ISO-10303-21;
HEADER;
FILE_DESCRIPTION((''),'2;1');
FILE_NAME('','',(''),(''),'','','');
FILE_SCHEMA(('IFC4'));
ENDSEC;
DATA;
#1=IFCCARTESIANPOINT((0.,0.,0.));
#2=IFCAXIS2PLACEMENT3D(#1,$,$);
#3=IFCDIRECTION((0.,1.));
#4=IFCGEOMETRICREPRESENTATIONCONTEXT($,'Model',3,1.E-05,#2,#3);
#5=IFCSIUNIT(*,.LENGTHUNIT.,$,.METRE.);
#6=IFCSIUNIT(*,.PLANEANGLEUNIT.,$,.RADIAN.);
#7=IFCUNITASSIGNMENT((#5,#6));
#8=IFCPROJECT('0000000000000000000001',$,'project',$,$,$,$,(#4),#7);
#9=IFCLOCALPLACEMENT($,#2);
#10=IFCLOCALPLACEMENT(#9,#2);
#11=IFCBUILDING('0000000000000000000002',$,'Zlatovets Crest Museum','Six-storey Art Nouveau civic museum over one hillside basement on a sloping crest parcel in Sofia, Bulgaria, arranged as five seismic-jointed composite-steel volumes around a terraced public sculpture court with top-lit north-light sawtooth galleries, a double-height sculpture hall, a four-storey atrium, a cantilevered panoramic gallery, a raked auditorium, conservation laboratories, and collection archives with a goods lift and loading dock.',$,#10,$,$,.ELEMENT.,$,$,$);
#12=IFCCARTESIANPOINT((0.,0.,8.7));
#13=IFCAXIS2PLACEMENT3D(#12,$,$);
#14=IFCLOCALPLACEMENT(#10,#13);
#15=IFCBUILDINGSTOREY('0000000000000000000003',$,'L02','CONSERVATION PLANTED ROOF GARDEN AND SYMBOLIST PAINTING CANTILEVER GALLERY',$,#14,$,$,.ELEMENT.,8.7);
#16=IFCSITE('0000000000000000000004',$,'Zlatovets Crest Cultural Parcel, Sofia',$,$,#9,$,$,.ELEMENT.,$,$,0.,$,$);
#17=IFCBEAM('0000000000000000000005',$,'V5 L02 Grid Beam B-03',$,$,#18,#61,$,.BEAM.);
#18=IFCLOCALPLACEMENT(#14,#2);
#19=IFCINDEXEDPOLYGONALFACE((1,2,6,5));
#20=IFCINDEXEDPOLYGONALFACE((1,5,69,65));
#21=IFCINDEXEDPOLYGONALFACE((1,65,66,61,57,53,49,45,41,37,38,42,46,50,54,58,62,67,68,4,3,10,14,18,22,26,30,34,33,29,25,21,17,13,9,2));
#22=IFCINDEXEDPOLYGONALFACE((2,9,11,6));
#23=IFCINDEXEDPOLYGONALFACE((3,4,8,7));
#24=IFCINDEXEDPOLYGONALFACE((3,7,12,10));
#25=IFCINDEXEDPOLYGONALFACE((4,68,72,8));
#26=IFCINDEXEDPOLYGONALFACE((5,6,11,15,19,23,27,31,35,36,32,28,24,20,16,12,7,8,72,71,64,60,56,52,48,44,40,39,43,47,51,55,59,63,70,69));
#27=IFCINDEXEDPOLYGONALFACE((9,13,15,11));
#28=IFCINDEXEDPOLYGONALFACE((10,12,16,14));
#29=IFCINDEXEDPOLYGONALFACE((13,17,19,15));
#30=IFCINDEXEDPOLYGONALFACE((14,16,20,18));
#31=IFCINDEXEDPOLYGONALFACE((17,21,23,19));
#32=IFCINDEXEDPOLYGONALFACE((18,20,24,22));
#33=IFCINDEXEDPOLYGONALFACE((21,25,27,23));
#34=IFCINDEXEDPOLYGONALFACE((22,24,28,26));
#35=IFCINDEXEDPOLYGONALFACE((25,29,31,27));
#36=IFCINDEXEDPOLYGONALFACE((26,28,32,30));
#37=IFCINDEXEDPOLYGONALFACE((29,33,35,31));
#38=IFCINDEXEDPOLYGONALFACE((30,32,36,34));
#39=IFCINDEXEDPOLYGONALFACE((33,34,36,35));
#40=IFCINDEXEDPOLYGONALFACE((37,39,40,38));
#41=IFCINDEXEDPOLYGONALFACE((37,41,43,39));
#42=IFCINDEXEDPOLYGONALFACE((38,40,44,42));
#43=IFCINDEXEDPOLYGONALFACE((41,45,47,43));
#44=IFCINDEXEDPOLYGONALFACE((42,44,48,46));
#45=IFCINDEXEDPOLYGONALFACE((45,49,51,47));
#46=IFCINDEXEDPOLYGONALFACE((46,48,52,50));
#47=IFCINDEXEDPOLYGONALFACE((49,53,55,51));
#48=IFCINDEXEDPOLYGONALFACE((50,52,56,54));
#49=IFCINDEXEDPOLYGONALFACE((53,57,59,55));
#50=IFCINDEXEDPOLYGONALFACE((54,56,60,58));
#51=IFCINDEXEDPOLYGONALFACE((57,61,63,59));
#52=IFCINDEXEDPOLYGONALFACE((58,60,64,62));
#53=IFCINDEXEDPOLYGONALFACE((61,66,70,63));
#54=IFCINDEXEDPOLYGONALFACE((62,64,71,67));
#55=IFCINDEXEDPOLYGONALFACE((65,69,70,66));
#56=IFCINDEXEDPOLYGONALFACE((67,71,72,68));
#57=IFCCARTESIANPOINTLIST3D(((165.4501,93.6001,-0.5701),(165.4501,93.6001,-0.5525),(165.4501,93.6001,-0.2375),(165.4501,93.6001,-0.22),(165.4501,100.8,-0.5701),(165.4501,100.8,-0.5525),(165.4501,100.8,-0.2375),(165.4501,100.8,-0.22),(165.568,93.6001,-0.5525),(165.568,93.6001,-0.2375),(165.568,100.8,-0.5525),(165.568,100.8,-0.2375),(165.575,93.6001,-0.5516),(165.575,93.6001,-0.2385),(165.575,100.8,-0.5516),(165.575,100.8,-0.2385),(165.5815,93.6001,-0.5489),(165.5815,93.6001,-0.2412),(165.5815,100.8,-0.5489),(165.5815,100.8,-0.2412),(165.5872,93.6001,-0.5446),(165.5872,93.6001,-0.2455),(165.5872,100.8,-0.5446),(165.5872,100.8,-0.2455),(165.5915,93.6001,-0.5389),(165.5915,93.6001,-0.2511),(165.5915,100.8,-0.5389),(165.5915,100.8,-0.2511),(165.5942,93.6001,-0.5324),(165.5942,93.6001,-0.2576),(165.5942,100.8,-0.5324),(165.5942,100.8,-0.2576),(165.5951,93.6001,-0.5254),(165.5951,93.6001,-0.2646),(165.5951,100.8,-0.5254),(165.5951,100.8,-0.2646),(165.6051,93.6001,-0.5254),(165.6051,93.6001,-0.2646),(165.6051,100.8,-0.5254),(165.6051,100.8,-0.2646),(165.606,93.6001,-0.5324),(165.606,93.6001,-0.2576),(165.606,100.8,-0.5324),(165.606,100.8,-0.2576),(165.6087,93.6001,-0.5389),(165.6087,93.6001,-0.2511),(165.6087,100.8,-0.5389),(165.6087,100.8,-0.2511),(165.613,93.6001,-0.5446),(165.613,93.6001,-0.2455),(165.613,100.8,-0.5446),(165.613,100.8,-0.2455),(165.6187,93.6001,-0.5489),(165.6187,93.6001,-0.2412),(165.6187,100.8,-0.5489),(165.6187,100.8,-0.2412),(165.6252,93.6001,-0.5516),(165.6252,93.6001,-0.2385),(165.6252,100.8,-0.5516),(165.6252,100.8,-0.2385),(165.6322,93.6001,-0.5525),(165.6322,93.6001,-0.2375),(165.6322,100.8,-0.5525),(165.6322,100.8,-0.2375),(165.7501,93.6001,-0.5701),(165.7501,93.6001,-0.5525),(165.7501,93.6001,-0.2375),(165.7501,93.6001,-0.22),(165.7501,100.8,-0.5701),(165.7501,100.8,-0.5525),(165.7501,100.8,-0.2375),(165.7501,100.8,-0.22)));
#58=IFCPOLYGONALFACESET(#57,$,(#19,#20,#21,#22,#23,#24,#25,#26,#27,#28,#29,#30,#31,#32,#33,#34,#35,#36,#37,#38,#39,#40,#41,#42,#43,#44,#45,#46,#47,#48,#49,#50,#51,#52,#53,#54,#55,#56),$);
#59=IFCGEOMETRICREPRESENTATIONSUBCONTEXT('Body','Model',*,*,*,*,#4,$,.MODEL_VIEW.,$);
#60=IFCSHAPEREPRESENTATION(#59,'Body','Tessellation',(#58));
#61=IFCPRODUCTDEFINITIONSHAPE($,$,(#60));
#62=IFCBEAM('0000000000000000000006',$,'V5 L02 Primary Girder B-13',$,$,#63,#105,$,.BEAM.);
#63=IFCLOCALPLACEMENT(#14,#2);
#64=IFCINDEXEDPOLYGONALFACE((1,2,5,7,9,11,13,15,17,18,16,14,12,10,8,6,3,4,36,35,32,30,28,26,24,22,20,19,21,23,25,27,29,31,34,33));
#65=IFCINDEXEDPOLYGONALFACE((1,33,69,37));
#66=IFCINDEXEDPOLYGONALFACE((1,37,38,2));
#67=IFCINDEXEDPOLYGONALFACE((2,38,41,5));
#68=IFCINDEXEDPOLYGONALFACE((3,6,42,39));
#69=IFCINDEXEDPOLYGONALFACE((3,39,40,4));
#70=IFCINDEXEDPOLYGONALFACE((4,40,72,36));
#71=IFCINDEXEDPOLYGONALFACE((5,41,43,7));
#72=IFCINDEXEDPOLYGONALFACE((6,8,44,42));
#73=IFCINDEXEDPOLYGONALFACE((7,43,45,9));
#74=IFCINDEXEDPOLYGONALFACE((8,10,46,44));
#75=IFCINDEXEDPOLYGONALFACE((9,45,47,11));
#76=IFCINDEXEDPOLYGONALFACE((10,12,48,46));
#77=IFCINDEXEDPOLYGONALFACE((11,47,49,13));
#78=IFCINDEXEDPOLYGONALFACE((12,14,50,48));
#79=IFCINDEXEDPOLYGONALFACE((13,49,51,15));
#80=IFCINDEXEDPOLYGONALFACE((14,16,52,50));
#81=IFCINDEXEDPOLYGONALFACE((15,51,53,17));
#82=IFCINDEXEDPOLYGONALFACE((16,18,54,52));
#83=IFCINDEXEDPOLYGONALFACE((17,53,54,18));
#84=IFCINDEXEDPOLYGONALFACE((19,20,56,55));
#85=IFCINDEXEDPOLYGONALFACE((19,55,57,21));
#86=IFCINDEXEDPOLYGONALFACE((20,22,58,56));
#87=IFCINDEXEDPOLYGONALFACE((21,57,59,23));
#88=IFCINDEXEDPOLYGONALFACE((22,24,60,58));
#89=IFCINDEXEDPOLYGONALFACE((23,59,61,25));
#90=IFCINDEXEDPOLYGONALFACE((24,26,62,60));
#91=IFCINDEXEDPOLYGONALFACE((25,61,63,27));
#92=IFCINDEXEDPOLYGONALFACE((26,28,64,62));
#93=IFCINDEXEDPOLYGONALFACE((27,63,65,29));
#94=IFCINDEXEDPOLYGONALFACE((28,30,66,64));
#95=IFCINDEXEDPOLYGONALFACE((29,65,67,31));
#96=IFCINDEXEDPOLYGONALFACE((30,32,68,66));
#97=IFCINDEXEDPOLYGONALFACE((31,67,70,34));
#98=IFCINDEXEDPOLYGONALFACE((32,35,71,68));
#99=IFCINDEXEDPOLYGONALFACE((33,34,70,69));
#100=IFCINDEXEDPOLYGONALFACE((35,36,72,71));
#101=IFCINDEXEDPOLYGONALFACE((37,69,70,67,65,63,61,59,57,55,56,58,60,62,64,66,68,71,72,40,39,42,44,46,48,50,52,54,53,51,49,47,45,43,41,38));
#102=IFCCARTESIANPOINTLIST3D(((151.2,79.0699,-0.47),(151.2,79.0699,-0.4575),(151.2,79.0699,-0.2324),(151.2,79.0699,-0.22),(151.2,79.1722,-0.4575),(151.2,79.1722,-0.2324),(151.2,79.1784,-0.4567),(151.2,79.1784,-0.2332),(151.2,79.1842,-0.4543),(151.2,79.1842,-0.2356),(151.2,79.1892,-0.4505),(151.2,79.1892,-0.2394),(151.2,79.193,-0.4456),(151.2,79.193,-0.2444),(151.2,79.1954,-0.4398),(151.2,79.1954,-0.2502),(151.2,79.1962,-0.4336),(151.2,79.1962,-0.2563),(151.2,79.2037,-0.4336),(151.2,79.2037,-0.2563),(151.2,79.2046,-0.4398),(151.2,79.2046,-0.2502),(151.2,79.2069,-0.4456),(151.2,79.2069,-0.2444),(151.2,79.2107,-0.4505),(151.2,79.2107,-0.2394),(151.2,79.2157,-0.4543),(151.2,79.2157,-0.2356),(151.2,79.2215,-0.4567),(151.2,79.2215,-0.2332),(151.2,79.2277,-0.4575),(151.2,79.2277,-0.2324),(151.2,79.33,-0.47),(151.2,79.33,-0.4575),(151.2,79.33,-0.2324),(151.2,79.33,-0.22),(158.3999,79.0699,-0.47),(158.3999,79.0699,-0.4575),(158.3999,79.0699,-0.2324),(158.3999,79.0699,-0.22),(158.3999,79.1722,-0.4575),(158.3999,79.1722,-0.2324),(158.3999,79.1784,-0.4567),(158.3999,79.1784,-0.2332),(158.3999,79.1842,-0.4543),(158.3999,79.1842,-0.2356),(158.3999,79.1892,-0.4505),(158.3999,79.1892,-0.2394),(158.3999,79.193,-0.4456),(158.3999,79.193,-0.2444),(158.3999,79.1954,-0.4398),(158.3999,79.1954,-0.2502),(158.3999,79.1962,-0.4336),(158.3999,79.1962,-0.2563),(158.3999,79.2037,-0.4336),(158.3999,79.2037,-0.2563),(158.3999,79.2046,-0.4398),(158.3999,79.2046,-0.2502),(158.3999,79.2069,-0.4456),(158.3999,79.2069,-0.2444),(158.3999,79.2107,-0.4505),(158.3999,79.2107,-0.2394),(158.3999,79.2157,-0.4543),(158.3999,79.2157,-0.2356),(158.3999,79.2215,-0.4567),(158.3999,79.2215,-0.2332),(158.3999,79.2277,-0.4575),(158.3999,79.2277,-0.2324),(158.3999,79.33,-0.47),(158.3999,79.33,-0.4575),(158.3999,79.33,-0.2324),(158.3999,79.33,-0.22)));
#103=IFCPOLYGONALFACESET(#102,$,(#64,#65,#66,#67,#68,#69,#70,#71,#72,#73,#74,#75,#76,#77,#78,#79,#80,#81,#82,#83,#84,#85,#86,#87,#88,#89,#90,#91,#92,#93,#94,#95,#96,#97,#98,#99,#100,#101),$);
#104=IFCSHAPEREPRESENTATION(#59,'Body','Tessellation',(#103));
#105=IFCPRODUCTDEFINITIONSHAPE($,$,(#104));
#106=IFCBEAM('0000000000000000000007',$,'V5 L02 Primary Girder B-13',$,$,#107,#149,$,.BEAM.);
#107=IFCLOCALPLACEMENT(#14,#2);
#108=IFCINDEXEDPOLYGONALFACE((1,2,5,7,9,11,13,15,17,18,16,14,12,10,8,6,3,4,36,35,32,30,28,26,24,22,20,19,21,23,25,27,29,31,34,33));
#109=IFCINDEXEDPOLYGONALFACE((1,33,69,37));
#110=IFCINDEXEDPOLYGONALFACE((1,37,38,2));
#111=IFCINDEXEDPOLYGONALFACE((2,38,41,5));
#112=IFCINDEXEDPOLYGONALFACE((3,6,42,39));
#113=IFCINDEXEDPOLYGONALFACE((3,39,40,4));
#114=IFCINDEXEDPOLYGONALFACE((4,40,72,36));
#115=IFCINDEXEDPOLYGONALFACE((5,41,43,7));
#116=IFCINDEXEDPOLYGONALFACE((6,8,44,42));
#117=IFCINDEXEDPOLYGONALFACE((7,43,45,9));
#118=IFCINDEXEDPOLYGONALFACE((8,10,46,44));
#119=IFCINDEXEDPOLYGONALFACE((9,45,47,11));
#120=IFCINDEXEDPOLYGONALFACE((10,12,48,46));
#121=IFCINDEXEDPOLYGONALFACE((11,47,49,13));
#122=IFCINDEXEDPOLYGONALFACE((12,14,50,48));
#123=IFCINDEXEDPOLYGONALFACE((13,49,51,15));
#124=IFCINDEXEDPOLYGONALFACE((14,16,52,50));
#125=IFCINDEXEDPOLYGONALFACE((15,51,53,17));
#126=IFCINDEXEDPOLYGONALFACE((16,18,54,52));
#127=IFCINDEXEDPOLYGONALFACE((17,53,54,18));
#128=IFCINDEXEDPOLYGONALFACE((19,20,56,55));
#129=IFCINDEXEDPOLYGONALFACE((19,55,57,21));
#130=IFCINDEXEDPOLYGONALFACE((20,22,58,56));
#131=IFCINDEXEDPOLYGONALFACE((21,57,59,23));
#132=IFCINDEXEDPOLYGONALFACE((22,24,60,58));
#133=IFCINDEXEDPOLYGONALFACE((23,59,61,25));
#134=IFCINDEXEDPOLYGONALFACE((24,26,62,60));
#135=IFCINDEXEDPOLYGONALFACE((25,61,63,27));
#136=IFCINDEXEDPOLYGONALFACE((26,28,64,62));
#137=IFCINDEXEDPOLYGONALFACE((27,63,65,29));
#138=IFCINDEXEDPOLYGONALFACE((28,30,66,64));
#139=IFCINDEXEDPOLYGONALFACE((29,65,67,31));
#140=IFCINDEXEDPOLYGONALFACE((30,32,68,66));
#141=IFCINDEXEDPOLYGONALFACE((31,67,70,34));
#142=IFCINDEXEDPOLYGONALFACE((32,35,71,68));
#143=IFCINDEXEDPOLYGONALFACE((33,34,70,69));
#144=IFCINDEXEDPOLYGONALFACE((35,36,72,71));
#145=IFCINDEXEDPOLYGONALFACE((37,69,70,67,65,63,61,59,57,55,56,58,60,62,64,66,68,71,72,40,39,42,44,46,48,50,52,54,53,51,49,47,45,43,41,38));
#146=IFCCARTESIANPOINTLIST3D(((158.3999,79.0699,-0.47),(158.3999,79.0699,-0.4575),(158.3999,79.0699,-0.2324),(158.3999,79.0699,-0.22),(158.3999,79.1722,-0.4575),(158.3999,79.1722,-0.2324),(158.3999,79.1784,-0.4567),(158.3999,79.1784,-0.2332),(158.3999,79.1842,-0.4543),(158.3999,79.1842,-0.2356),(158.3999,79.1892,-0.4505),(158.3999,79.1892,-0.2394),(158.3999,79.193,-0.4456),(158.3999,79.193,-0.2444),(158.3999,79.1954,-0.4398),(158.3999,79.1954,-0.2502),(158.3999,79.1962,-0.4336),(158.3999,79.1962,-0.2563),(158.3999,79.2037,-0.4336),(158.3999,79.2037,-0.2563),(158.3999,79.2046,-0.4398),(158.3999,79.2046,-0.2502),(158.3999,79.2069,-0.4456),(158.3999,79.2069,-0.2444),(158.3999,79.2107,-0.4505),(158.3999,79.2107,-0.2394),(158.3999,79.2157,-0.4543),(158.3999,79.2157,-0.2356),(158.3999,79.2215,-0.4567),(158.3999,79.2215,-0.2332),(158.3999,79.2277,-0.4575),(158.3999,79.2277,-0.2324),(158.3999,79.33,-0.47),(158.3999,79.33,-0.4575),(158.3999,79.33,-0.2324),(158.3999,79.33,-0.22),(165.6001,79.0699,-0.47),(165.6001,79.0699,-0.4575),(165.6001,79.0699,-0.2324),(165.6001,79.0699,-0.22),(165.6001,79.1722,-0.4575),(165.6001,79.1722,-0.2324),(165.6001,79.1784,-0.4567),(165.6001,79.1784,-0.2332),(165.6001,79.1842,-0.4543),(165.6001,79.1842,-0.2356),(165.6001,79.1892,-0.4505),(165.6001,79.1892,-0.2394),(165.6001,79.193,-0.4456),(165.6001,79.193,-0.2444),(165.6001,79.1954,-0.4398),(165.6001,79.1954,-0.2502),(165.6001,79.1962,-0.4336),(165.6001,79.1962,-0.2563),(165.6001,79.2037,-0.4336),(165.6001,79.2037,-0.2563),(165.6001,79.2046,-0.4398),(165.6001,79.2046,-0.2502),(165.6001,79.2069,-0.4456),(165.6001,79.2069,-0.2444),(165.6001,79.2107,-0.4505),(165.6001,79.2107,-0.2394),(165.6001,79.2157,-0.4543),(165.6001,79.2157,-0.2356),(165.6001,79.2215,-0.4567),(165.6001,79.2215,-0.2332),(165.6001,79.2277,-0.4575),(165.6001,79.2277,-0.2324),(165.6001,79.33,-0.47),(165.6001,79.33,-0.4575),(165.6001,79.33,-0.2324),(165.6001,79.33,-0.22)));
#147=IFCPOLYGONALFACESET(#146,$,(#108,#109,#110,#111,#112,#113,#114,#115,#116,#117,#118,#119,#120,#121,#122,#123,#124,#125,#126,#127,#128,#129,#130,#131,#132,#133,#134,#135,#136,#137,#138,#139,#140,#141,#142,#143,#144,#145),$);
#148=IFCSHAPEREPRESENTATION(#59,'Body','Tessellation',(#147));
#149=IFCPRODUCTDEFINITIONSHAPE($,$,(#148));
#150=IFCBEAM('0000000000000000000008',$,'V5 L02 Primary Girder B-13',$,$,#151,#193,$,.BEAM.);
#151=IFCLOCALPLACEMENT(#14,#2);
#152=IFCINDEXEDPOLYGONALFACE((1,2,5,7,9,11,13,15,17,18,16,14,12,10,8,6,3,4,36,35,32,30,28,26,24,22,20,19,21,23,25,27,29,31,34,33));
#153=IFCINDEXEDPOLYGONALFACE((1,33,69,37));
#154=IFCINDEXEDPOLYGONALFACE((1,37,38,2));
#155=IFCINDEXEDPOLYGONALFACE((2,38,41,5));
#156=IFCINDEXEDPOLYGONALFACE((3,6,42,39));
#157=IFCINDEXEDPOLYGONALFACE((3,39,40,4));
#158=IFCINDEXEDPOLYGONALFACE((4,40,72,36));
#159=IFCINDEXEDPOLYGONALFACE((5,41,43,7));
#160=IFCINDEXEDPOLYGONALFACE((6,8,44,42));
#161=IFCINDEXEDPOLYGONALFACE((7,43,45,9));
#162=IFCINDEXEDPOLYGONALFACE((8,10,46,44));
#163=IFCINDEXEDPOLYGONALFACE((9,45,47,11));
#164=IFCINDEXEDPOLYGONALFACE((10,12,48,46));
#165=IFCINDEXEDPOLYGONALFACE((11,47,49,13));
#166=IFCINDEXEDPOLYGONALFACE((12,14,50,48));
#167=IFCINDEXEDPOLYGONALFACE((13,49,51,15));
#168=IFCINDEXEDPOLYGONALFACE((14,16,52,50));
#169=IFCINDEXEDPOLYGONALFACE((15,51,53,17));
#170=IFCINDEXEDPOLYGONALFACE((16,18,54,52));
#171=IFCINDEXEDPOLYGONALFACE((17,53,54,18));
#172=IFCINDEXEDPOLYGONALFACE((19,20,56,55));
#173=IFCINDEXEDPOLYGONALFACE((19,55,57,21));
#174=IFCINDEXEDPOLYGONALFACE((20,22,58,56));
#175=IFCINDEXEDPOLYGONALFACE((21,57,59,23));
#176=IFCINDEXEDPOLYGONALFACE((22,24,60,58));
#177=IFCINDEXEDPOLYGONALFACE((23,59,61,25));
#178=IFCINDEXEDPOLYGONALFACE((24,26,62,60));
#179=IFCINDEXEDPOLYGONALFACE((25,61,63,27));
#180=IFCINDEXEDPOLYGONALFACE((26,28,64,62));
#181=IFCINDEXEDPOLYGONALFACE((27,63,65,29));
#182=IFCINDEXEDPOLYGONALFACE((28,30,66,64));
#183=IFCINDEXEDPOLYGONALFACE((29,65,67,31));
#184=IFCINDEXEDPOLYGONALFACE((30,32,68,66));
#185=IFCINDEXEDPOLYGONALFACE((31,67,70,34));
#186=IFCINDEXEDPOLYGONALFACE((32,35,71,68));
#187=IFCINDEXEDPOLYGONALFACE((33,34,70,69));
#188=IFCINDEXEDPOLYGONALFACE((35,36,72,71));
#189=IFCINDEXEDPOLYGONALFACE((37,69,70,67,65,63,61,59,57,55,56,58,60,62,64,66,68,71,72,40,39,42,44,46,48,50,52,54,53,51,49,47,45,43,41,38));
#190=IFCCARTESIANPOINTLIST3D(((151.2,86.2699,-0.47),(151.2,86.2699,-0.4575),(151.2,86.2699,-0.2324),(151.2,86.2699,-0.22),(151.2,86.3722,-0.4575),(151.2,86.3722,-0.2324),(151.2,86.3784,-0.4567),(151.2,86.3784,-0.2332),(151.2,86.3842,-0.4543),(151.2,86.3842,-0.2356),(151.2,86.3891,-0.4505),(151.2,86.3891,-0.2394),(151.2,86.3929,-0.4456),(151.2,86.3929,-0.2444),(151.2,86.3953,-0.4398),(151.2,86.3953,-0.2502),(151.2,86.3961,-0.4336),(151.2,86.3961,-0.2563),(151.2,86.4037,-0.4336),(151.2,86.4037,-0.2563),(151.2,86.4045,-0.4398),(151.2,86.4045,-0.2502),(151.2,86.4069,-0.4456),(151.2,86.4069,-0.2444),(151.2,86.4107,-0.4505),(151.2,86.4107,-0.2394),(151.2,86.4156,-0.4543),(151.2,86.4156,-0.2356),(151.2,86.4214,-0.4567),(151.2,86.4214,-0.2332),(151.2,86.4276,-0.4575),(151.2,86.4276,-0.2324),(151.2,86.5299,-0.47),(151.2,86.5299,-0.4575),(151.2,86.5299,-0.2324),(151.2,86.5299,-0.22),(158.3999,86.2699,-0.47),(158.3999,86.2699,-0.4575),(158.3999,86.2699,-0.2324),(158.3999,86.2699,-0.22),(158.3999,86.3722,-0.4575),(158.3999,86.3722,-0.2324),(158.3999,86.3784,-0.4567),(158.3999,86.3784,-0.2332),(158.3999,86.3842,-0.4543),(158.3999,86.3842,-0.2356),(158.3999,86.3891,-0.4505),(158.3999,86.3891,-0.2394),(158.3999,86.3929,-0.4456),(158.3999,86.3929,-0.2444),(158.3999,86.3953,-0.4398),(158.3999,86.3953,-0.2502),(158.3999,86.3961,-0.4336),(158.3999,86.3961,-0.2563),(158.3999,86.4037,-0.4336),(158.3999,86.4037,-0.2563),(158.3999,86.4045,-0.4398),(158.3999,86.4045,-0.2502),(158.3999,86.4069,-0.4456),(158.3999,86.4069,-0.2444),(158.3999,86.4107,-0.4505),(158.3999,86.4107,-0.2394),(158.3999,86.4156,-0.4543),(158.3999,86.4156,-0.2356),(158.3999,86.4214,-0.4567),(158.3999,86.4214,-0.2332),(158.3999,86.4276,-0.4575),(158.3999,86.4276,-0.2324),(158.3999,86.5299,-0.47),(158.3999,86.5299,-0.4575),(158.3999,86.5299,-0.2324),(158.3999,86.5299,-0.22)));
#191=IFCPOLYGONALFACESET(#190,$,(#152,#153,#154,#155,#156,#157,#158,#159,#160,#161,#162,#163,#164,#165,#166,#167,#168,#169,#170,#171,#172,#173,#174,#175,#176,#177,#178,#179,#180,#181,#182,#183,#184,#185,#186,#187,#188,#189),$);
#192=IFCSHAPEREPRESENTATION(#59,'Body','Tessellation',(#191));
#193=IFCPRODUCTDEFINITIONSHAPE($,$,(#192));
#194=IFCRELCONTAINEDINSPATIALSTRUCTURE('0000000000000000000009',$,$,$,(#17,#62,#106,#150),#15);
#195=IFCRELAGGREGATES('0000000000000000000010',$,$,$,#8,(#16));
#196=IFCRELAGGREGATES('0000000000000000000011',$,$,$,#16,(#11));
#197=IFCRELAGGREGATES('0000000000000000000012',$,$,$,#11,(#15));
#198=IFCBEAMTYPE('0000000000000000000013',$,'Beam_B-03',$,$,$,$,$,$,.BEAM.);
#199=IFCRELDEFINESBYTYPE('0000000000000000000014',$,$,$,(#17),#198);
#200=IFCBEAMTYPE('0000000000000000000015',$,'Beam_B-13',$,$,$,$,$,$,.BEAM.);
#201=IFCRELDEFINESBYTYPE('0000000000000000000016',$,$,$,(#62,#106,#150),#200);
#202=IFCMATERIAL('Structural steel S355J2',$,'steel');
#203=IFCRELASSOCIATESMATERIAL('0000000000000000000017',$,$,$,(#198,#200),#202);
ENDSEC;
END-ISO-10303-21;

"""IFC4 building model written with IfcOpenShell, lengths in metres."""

from ifc_helpers import new_model, si_unit, direction, frame, origin, origin_2d, place, context, subcontext, project, spatial, i_section, extrude, material, material_profile, profile_set, type_object, element, save


model = new_model("IFC4")

# Units and contexts
model_context = context("Model", 3, precision=1e-05, world=origin(), true_north=direction((0.0, 1.0)))
body_context = subcontext(model_context, "Body", "Model", "MODEL_VIEW")
ifc_project = project(units=[si_unit("LENGTHUNIT", "METRE"), si_unit("PLANEANGLEUNIT", "RADIAN")], contexts=[model_context])

# Site, building, storey
site_placement = place(None, origin())
site = spatial("IfcSite", under=ifc_project, at=site_placement, Name="Zlatovets Crest Cultural Parcel, Sofia", CompositionType="ELEMENT", RefElevation=0.0)
building_placement = place(site_placement, origin())
building = spatial("IfcBuilding", under=site, at=building_placement, Name="Zlatovets Crest Museum", Description="Six-storey Art Nouveau civic museum over one hillside basement on a sloping crest parcel in Sofia, Bulgaria, arranged as five seismic-jointed composite-steel volumes around a terraced public sculpture court with top-lit north-light sawtooth galleries, a double-height sculpture hall, a four-storey atrium, a cantilevered panoramic gallery, a raked auditorium, conservation laboratories, and collection archives with a goods lift and loading dock.", CompositionType="ELEMENT")
storey_placement = place(building_placement, frame((0.0, 0.0, 8.7)))
storey = spatial("IfcBuildingStorey", under=building, at=storey_placement, Name="L02", Description="CONSERVATION PLANTED ROOF GARDEN AND SYMBOLIST PAINTING CANTILEVER GALLERY", CompositionType="ELEMENT", Elevation=8.7)

# Shared definitions
ifc_material = material(Name="Structural steel S355J2", Category="steel")

# Beams
ifc_material_profile_1 = material_profile(ifc_material, i_section(OverallWidth=0.3, OverallDepth=0.3501, WebThickness=0.01, FlangeThickness=0.0176, FilletRadius=0.0271, at=origin_2d()), Name="HEA 360")
ifc_profile_set_1 = profile_set([ifc_material_profile_1], Name="Structural steel S355J2")
beam_type_1 = type_object("IfcBeamType", Name="Beam_B-03", PredefinedType="BEAM", material=ifc_profile_set_1)
beam_1_placement = place(storey_placement, frame((165.6001, 93.6001, -0.395), z_axis=(0.0, 1.0, 0.0), x_axis=(-1.0, 0.0, 0.0)))
element("IfcBeam", 1, at=beam_1_placement, inside=storey, type_object=beam_type_1, Name="V5 L02 Grid Beam B-03", PredefinedType="BEAM", context=body_context, shape_type="SweptSolid", body=[
    extrude(i_section(OverallWidth=0.3, OverallDepth=0.3501, WebThickness=0.01, FlangeThickness=0.0176, FilletRadius=0.0271, at=origin_2d()), origin(), (0.0, 0.0, 1.0), 7.2),
])
ifc_material_profile_2 = material_profile(ifc_material, i_section(OverallWidth=0.26, OverallDepth=0.25, WebThickness=0.0076, FlangeThickness=0.0125, FilletRadius=0.0239, at=origin_2d()), Name="HEA 260")
ifc_profile_set_2 = profile_set([ifc_material_profile_2], Name="Structural steel S355J2")
beam_type_2 = type_object("IfcBeamType", Name="Beam_B-13", PredefinedType="BEAM", material=ifc_profile_set_2)
beam_2_placement = place(storey_placement, frame((151.2, 79.2, -0.345), z_axis=(1.0, 0.0, 0.0), x_axis=(0.0, 1.0, 0.0)))
element("IfcBeam", 2, at=beam_2_placement, inside=storey, type_object=beam_type_2, Name="V5 L02 Primary Girder B-13", PredefinedType="BEAM", context=body_context, shape_type="SweptSolid", body=[
    extrude(i_section(OverallWidth=0.26, OverallDepth=0.25, WebThickness=0.0076, FlangeThickness=0.0125, FilletRadius=0.0239, at=origin_2d()), origin(), (0.0, 0.0, 1.0), 7.2),
])
beam_3_placement = place(storey_placement, frame((158.3999, 79.2, -0.345), z_axis=(1.0, 0.0, 0.0), x_axis=(0.0, 1.0, 0.0)))
element("IfcBeam", 3, at=beam_3_placement, inside=storey, type_object=beam_type_2, Name="V5 L02 Primary Girder B-13", PredefinedType="BEAM", context=body_context, shape_type="SweptSolid", body=[
    extrude(i_section(OverallWidth=0.26, OverallDepth=0.25, WebThickness=0.0076, FlangeThickness=0.0125, FilletRadius=0.0239, at=origin_2d()), origin(), (0.0, 0.0, 1.0), 7.2002),
])
beam_4_placement = place(storey_placement, frame((151.2, 86.3999, -0.345), z_axis=(1.0, 0.0, 0.0), x_axis=(0.0, 1.0, 0.0)))
element("IfcBeam", 4, at=beam_4_placement, inside=storey, type_object=beam_type_2, Name="V5 L02 Primary Girder B-13", PredefinedType="BEAM", context=body_context, shape_type="SweptSolid", body=[
    extrude(i_section(OverallWidth=0.26, OverallDepth=0.25, WebThickness=0.0076, FlangeThickness=0.0125, FilletRadius=0.0239, at=origin_2d()), origin(), (0.0, 0.0, 1.0), 7.2),
])

save(model, "model.ifc")
